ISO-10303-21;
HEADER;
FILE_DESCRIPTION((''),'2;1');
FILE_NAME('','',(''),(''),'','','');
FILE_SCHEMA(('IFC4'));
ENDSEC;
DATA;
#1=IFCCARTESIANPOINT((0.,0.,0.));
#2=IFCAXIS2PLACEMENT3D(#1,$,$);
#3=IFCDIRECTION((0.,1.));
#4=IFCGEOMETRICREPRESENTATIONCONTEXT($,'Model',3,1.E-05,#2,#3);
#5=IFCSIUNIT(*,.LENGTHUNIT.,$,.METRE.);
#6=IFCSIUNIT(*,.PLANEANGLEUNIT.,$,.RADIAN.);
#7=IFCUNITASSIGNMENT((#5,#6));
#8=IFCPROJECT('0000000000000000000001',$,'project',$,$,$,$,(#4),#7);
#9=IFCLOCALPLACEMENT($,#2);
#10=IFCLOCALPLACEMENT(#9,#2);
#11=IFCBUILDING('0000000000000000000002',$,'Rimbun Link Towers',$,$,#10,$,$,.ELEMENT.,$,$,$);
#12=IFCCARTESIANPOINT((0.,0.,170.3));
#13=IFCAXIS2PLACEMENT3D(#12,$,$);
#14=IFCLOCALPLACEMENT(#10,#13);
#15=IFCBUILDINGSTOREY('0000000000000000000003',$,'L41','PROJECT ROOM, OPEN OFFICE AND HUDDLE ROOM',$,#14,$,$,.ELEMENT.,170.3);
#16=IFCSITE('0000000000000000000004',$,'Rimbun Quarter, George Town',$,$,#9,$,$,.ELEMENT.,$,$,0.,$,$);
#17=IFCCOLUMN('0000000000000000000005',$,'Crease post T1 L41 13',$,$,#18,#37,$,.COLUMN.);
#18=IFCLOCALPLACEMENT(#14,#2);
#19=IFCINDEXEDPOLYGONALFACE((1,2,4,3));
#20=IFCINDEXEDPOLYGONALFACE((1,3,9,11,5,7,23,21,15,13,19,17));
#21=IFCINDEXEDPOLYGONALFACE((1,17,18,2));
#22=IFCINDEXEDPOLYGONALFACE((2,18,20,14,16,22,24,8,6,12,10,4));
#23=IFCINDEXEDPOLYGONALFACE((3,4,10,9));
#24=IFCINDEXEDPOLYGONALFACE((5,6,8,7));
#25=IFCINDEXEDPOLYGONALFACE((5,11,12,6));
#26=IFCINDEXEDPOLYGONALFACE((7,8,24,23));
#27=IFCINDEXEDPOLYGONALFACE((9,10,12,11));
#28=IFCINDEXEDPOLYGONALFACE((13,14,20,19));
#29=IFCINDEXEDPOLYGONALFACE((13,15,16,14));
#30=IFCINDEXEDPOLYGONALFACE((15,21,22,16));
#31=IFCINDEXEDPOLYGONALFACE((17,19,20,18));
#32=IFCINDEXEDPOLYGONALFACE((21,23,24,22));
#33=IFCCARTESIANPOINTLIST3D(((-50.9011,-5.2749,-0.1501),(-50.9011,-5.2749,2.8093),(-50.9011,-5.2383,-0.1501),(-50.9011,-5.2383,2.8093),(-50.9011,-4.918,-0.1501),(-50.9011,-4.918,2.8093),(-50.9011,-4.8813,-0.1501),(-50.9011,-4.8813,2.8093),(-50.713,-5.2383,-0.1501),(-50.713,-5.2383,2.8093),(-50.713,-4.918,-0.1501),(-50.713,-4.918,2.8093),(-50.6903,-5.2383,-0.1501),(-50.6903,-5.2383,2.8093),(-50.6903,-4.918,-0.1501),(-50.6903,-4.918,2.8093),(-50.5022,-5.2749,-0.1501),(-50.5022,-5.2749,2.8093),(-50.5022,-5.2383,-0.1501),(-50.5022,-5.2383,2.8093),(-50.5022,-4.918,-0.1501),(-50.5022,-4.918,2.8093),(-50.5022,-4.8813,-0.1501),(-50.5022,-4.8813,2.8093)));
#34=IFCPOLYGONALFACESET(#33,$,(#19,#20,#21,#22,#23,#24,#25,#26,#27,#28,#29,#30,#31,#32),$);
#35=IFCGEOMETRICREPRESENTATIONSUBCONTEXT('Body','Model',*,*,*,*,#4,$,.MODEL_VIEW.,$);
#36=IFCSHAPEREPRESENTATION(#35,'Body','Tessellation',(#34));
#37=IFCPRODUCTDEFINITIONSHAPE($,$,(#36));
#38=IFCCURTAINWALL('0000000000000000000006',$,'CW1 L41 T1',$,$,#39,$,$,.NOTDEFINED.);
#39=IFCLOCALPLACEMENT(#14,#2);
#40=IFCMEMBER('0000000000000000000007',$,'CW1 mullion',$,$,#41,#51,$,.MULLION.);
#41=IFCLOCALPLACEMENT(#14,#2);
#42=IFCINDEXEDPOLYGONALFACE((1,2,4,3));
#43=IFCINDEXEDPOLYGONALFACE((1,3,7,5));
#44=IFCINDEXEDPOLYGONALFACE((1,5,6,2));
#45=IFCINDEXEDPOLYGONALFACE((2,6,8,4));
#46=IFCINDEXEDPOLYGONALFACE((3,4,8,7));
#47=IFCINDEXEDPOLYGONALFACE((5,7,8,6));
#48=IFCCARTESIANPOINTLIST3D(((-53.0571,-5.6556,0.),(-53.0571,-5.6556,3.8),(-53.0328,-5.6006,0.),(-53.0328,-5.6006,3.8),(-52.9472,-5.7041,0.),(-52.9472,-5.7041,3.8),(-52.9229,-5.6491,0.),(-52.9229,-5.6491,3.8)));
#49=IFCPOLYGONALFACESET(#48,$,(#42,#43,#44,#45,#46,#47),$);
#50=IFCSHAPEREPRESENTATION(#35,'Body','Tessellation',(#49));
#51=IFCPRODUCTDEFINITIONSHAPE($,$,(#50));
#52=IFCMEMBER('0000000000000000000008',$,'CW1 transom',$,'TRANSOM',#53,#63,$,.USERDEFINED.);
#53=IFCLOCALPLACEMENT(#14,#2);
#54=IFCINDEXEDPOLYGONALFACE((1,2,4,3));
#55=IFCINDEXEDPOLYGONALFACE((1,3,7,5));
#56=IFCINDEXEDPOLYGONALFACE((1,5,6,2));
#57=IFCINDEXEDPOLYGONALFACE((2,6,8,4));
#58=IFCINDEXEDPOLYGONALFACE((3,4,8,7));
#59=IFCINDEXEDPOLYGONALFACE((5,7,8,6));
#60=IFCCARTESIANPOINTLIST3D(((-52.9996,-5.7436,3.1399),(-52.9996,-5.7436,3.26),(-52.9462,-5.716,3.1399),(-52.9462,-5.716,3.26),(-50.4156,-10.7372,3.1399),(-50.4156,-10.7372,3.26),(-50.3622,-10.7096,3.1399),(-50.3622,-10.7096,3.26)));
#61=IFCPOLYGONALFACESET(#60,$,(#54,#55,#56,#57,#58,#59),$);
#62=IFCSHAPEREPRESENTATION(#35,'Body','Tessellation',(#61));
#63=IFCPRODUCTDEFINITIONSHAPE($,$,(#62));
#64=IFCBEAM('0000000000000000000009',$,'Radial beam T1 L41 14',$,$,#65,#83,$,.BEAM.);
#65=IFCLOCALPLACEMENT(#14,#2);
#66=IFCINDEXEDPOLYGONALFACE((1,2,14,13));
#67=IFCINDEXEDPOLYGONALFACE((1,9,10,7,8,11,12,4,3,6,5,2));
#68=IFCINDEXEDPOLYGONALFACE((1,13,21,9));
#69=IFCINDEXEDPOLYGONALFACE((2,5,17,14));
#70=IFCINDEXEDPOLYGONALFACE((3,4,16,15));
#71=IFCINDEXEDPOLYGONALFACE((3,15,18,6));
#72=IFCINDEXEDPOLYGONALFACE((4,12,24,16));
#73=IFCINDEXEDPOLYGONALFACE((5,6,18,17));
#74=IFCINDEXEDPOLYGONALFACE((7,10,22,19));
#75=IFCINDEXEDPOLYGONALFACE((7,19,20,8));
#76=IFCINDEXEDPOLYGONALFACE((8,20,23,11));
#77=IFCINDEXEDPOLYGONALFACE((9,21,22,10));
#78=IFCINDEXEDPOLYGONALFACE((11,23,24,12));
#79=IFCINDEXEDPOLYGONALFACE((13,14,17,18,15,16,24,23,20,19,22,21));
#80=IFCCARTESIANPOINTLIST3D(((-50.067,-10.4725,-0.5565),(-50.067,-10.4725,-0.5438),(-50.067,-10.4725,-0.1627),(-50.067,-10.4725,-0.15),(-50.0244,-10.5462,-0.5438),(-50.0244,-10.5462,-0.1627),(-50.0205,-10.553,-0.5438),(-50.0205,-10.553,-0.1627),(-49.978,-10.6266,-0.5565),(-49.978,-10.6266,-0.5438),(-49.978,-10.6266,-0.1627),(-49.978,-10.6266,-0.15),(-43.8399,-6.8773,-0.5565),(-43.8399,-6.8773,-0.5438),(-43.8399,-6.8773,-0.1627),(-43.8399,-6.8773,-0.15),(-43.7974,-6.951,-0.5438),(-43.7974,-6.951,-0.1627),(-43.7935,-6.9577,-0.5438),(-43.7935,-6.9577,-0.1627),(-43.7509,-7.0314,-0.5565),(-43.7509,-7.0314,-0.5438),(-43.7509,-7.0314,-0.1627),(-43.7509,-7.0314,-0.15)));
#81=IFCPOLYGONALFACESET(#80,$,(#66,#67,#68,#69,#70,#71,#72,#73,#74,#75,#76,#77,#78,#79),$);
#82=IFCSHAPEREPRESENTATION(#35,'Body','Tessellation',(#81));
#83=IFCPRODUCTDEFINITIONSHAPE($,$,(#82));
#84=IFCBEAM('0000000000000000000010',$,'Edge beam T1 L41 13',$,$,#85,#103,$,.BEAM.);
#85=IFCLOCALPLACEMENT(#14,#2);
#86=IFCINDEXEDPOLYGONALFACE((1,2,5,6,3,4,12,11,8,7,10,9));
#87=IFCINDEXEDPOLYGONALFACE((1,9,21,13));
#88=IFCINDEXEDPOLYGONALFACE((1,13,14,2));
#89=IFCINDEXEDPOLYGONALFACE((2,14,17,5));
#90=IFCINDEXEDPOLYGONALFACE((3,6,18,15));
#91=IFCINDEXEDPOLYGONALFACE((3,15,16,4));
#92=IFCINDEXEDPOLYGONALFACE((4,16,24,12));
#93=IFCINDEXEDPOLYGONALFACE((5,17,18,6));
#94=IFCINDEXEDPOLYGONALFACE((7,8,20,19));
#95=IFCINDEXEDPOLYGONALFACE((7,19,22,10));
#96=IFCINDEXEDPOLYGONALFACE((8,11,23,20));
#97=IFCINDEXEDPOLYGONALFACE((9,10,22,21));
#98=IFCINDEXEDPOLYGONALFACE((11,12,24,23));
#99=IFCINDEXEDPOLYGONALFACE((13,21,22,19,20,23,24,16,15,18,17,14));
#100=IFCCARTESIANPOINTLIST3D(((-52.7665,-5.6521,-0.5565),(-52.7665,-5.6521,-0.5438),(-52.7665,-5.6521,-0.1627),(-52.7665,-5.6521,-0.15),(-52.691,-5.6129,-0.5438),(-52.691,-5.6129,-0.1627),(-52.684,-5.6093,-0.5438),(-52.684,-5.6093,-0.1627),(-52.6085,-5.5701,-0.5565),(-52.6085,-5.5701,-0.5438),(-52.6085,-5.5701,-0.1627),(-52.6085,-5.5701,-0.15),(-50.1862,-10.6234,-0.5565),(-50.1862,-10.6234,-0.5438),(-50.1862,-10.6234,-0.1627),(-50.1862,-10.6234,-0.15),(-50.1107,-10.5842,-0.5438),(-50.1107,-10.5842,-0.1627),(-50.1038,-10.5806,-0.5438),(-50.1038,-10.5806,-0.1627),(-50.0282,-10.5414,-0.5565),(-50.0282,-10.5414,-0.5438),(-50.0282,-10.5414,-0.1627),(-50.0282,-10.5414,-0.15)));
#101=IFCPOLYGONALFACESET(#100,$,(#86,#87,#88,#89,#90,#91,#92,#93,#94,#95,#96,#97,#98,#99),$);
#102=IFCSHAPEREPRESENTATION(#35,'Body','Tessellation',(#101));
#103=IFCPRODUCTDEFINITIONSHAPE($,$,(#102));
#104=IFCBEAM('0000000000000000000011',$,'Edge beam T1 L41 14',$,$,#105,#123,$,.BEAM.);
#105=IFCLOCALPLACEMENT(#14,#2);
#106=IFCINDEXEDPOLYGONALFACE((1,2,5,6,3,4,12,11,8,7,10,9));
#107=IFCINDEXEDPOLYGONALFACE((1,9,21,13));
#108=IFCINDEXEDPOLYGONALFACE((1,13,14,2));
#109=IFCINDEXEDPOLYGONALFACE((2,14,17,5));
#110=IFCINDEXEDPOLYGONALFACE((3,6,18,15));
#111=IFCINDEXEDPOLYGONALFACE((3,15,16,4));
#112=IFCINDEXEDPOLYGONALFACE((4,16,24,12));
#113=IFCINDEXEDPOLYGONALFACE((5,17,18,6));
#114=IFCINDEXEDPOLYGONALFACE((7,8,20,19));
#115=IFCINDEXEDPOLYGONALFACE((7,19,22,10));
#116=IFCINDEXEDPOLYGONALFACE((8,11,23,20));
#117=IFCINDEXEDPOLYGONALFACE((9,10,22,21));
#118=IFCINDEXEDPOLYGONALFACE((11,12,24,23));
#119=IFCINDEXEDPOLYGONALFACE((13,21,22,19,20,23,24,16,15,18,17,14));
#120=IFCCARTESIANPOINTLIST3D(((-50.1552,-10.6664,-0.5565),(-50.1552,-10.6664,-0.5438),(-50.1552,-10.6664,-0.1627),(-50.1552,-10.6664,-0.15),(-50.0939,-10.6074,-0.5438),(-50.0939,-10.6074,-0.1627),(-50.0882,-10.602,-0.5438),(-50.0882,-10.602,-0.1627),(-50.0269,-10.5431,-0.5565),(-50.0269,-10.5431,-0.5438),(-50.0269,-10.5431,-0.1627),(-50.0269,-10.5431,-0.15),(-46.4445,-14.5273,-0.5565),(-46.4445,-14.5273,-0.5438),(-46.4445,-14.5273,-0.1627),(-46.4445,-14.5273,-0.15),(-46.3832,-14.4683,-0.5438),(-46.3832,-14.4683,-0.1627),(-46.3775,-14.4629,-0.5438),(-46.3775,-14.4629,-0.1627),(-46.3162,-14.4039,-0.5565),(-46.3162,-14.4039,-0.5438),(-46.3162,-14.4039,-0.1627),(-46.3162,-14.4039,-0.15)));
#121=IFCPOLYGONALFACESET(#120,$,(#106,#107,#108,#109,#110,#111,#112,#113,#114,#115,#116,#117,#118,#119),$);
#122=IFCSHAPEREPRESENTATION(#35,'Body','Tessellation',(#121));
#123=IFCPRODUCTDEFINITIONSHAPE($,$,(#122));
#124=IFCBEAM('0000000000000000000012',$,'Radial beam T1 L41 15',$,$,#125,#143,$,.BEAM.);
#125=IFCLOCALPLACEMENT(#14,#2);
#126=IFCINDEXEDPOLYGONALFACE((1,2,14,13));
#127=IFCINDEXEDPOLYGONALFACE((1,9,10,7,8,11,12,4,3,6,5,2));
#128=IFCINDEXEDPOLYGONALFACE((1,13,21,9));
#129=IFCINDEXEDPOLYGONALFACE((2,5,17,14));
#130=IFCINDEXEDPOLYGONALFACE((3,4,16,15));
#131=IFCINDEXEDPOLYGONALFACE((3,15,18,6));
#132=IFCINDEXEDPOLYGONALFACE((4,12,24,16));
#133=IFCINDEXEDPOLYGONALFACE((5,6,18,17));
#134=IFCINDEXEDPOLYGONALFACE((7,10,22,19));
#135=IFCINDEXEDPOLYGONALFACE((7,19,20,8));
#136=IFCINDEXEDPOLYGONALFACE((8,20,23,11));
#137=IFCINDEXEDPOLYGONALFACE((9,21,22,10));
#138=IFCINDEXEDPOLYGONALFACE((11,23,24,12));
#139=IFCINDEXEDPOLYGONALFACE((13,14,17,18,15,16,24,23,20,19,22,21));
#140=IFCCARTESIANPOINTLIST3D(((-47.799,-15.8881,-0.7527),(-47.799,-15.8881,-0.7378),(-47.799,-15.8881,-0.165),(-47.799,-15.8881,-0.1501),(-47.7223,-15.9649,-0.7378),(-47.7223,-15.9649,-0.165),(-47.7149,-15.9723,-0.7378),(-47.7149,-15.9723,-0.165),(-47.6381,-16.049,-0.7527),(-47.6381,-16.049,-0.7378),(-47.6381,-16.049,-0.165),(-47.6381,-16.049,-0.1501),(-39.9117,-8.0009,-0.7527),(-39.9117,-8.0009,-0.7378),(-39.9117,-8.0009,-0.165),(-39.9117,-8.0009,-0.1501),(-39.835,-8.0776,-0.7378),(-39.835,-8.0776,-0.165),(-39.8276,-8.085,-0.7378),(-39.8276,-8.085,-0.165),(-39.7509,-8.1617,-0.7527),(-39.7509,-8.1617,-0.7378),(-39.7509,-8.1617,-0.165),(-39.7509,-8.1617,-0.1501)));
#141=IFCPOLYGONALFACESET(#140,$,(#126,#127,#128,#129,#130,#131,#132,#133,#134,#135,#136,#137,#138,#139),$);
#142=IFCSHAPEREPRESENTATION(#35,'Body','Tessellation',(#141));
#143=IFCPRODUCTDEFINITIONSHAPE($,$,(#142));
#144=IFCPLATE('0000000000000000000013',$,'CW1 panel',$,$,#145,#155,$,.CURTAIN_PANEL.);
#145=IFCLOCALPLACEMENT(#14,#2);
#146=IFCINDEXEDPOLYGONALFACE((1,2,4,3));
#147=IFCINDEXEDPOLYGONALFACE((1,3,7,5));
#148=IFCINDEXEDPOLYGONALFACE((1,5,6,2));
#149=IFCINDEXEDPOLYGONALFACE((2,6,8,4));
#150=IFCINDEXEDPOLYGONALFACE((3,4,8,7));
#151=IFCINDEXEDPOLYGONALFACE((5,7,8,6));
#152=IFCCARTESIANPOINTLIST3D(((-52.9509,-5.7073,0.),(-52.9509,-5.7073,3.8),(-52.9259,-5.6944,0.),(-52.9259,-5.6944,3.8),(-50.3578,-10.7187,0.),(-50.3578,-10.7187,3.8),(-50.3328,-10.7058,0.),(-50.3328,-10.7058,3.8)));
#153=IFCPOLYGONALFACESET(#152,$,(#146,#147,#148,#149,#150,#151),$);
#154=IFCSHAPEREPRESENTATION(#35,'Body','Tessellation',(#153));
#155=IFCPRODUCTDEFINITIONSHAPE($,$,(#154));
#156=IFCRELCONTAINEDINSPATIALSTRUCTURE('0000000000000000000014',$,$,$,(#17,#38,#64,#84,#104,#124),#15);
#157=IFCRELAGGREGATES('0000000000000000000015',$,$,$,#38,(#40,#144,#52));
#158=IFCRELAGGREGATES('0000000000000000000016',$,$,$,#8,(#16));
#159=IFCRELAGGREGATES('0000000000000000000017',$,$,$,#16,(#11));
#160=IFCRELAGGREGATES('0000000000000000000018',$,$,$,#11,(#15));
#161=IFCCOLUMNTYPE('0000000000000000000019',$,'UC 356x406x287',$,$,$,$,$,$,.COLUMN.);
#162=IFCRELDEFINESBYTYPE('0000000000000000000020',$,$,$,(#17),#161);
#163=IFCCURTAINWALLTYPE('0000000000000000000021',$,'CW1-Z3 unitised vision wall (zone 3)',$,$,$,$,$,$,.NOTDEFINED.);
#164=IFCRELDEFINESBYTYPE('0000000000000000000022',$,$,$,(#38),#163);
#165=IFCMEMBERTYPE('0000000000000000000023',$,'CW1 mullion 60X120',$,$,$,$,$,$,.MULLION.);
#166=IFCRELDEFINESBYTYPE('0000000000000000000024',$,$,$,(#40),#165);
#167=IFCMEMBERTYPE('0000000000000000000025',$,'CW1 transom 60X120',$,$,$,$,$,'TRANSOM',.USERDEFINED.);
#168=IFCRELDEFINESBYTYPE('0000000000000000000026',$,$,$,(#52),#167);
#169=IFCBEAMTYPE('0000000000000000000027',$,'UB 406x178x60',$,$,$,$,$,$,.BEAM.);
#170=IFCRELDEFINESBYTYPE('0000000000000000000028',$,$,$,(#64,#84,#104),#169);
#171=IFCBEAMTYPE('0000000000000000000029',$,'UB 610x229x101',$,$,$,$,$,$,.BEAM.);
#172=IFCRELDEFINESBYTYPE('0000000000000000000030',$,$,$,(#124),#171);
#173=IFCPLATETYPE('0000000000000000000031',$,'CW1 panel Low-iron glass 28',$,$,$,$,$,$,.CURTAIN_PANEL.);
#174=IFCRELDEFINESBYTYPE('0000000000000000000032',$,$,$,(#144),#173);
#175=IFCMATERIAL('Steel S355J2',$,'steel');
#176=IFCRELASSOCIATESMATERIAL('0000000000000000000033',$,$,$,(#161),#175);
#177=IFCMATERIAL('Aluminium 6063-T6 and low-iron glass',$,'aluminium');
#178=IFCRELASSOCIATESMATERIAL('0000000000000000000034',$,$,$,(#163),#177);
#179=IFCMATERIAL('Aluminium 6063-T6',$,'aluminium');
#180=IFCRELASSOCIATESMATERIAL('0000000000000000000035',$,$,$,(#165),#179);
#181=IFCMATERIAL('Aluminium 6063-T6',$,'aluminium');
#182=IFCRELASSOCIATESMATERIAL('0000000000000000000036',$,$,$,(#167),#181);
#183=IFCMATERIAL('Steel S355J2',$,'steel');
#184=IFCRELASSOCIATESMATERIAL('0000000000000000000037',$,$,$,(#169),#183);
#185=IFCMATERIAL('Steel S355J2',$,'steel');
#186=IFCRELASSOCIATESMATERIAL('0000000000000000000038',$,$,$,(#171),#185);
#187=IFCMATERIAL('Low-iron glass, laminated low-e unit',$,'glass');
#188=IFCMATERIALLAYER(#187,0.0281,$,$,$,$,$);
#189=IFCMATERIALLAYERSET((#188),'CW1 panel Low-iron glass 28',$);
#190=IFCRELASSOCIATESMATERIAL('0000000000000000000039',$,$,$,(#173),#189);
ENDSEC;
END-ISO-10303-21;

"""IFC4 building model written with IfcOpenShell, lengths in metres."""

from ifc_helpers import new_model, si_unit, direction, frame, origin, origin_2d, place, context, subcontext, project, spatial, rectangle, i_section, extrude, material, layer, layer_set, material_profile, profile_set, type_object, element, aggregate, save


model = new_model("IFC4")

# Units and contexts
model_context = context("Model", 3, precision=1e-05, world=origin(), true_north=direction((0.0, 1.0)))
body_context = subcontext(model_context, "Body", "Model", "MODEL_VIEW")
ifc_project = project(units=[si_unit("LENGTHUNIT", "METRE"), si_unit("PLANEANGLEUNIT", "RADIAN")], contexts=[model_context])

# Site, building, storey
site_placement = place(None, origin())
site = spatial("IfcSite", under=ifc_project, at=site_placement, Name="Rimbun Quarter, George Town", CompositionType="ELEMENT", RefElevation=0.0)
building_placement = place(site_placement, origin())
building = spatial("IfcBuilding", under=site, at=building_placement, Name="Rimbun Link Towers", CompositionType="ELEMENT")
storey_placement = place(building_placement, frame((0.0, 0.0, 170.3)))
storey = spatial("IfcBuildingStorey", under=building, at=storey_placement, Name="L41", Description="PROJECT ROOM, OPEN OFFICE AND HUDDLE ROOM", CompositionType="ELEMENT", Elevation=170.3)

# Column
ifc_material_1 = material(Name="Steel S355J2", Category="steel")
ifc_material_profile_1 = material_profile(ifc_material_1, i_section(OverallWidth=0.3989, OverallDepth=0.3936, WebThickness=0.0227, FlangeThickness=0.0366, at=origin_2d()), Name="UC 356x406x287")
ifc_profile_set_1 = profile_set([ifc_material_profile_1], Name="Steel S355J2")
column_type = type_object("IfcColumnType", Name="UC 356x406x287", PredefinedType="COLUMN", material=ifc_profile_set_1)
column_placement = place(storey_placement, frame((-50.7017, -5.0781, -0.1501), z_axis=(0.0, 0.0, 1.0), x_axis=(1.0, 0.0, 0.0)))
element("IfcColumn", 1, at=column_placement, inside=storey, type_object=column_type, Name="Crease post T1 L41 13", PredefinedType="COLUMN", context=body_context, shape_type="SweptSolid", body=[
    extrude(i_section(OverallWidth=0.3989, OverallDepth=0.3936, WebThickness=0.0227, FlangeThickness=0.0366, at=origin_2d()), origin(), (0.0, 0.0, 1.0), 2.9595),
])

# Curtain wall, members
ifc_material_2 = material(Name="Aluminium 6063-T6 and low-iron glass", Category="aluminium")
curtain_wall_type = type_object("IfcCurtainWallType", Name="CW1-Z3 unitised vision wall (zone 3)", PredefinedType="NOTDEFINED", material=ifc_material_2)
curtain_wall_placement = place(storey_placement, origin())
curtain_wall = element("IfcCurtainWall", 2, at=curtain_wall_placement, inside=storey, type_object=curtain_wall_type, Name="CW1 L41 T1", PredefinedType="NOTDEFINED")
ifc_material_3 = material(Name="Aluminium 6063-T6", Category="aluminium")
ifc_material_profile_2 = material_profile(ifc_material_3, rectangle(XDim=0.1201, YDim=0.0601, at=origin_2d()), Name="MULLION 60X120")
ifc_profile_set_2 = profile_set([ifc_material_profile_2], Name="Aluminium 6063-T6")
member_type_1 = type_object("IfcMemberType", Name="CW1 mullion 60X120", PredefinedType="MULLION", material=ifc_profile_set_2)
member_1_placement = place(storey_placement, frame((-52.99, -5.6523, 0.0), z_axis=(0.0, 0.0, 1.0), x_axis=(-0.914812, 0.403879, 0.0)))
member_1 = element("IfcMember", 3, at=member_1_placement, type_object=member_type_1, Name="CW1 mullion", PredefinedType="MULLION", context=body_context, shape_type="SweptSolid", body=[
    extrude(rectangle(XDim=0.1201, YDim=0.0601, at=origin_2d()), origin(), (0.0, 0.0, 1.0), 3.8),
])
ifc_material_4 = material(Name="Aluminium 6063-T6", Category="aluminium")
ifc_material_profile_3 = material_profile(ifc_material_4, rectangle(XDim=0.0601, YDim=0.1201, at=origin_2d()), Name="TRANSOM 60X120")
ifc_profile_set_3 = profile_set([ifc_material_profile_3], Name="Aluminium 6063-T6")
member_type_2 = type_object("IfcMemberType", Name="CW1 transom 60X120", ElementType="TRANSOM", PredefinedType="USERDEFINED", material=ifc_profile_set_3)
member_2_placement = place(storey_placement, frame((-50.3889, -10.7234, 3.2), z_axis=(-0.459572, 0.888141, 0.0), x_axis=(-0.888141, -0.459572, 0.0)))
member_2 = element("IfcMember", 4, at=member_2_placement, type_object=member_type_2, Name="CW1 transom", ObjectType="TRANSOM", PredefinedType="USERDEFINED", context=body_context, shape_type="SweptSolid", body=[
    extrude(rectangle(XDim=0.0601, YDim=0.1201, at=origin_2d()), origin(), (0.0, 0.0, 1.0), 5.6226),
])

# Beams
ifc_material_5 = material(Name="Steel S355J2", Category="steel")
ifc_material_profile_4 = material_profile(ifc_material_5, i_section(OverallWidth=0.178, OverallDepth=0.4065, WebThickness=0.0078, FlangeThickness=0.0127, at=origin_2d()), Name="UB 406x178x60")
ifc_profile_set_4 = profile_set([ifc_material_profile_4], Name="Steel S355J2")
beam_type_1 = type_object("IfcBeamType", Name="UB 406x178x60", PredefinedType="BEAM", material=ifc_profile_set_4)
beam_1_placement = place(storey_placement, frame((-43.7954, -6.9543, -0.3533), z_axis=(-0.866024, -0.500003, 0.0), x_axis=(0.500003, -0.866024, 0.0)))
element("IfcBeam", 5, at=beam_1_placement, inside=storey, type_object=beam_type_1, Name="Radial beam T1 L41 14", PredefinedType="BEAM", context=body_context, shape_type="SweptSolid", body=[
    extrude(i_section(OverallWidth=0.178, OverallDepth=0.4065, WebThickness=0.0078, FlangeThickness=0.0127, at=origin_2d()), origin(), (0.0, 0.0, 1.0), 7.1904),
])
beam_2_placement = place(storey_placement, frame((-52.6875, -5.6111, -0.3533), z_axis=(0.460675, -0.887569, 0.0), x_axis=(0.887569, 0.460675, 0.0)))
element("IfcBeam", 6, at=beam_2_placement, inside=storey, type_object=beam_type_1, Name="Edge beam T1 L41 13", PredefinedType="BEAM", context=body_context, shape_type="SweptSolid", body=[
    extrude(i_section(OverallWidth=0.178, OverallDepth=0.4065, WebThickness=0.0078, FlangeThickness=0.0127, at=origin_2d()), origin(), (0.0, 0.0, 1.0), 5.6011),
])
beam_3_placement = place(storey_placement, frame((-50.0911, -10.6047, -0.3533), z_axis=(0.692948, -0.720987, 0.0), x_axis=(0.720987, 0.692948, 0.0)))
element("IfcBeam", 7, at=beam_3_placement, inside=storey, type_object=beam_type_1, Name="Edge beam T1 L41 14", PredefinedType="BEAM", context=body_context, shape_type="SweptSolid", body=[
    extrude(i_section(OverallWidth=0.178, OverallDepth=0.4065, WebThickness=0.0078, FlangeThickness=0.0127, at=origin_2d()), origin(), (0.0, 0.0, 1.0), 5.355),
])
ifc_material_6 = material(Name="Steel S355J2", Category="steel")
ifc_material_profile_5 = material_profile(ifc_material_6, i_section(OverallWidth=0.2275, OverallDepth=0.6025, WebThickness=0.0105, FlangeThickness=0.0149, at=origin_2d()), Name="UB 610x229x101")
ifc_profile_set_5 = profile_set([ifc_material_profile_5], Name="Steel S355J2")
beam_type_2 = type_object("IfcBeamType", Name="UB 610x229x101", PredefinedType="BEAM", material=ifc_profile_set_5)
beam_4_placement = place(storey_placement, frame((-39.8313, -8.0813, -0.4514), z_axis=(-0.707107, -0.707107, 0.0), x_axis=(0.707107, -0.707107, 0.0)))
element("IfcBeam", 8, at=beam_4_placement, inside=storey, type_object=beam_type_2, Name="Radial beam T1 L41 15", PredefinedType="BEAM", context=body_context, shape_type="SweptSolid", body=[
    extrude(i_section(OverallWidth=0.2275, OverallDepth=0.6025, WebThickness=0.0105, FlangeThickness=0.0149, at=origin_2d()), origin(), (0.0, 0.0, 1.0), 11.1543),
])

# Plate
ifc_material_7 = material(Name="Low-iron glass, laminated low-e unit", Category="glass")
ifc_layer_1 = layer(ifc_material_7, 0.0281)
ifc_layer_set_1 = layer_set([ifc_layer_1], Name="CW1 panel Low-iron glass 28")
plate_type = type_object("IfcPlateType", Name="CW1 panel Low-iron glass 28", PredefinedType="CURTAIN_PANEL", material=ifc_layer_set_1)
plate_placement = place(storey_placement, frame((-51.6418, -8.2065, 0.0), z_axis=(0.0, 0.0, 1.0), x_axis=(-0.459559, 0.888147, 0.0)))
plate = element("IfcPlate", 9, at=plate_placement, type_object=plate_type, Name="CW1 panel", PredefinedType="CURTAIN_PANEL", context=body_context, shape_type="SweptSolid", body=[
    extrude(rectangle(XDim=5.6426, YDim=0.0281, at=origin_2d()), origin(), (0.0, 0.0, 1.0), 3.8),
])
aggregate(curtain_wall, [member_1, plate, member_2])

save(model, "model.ifc")
